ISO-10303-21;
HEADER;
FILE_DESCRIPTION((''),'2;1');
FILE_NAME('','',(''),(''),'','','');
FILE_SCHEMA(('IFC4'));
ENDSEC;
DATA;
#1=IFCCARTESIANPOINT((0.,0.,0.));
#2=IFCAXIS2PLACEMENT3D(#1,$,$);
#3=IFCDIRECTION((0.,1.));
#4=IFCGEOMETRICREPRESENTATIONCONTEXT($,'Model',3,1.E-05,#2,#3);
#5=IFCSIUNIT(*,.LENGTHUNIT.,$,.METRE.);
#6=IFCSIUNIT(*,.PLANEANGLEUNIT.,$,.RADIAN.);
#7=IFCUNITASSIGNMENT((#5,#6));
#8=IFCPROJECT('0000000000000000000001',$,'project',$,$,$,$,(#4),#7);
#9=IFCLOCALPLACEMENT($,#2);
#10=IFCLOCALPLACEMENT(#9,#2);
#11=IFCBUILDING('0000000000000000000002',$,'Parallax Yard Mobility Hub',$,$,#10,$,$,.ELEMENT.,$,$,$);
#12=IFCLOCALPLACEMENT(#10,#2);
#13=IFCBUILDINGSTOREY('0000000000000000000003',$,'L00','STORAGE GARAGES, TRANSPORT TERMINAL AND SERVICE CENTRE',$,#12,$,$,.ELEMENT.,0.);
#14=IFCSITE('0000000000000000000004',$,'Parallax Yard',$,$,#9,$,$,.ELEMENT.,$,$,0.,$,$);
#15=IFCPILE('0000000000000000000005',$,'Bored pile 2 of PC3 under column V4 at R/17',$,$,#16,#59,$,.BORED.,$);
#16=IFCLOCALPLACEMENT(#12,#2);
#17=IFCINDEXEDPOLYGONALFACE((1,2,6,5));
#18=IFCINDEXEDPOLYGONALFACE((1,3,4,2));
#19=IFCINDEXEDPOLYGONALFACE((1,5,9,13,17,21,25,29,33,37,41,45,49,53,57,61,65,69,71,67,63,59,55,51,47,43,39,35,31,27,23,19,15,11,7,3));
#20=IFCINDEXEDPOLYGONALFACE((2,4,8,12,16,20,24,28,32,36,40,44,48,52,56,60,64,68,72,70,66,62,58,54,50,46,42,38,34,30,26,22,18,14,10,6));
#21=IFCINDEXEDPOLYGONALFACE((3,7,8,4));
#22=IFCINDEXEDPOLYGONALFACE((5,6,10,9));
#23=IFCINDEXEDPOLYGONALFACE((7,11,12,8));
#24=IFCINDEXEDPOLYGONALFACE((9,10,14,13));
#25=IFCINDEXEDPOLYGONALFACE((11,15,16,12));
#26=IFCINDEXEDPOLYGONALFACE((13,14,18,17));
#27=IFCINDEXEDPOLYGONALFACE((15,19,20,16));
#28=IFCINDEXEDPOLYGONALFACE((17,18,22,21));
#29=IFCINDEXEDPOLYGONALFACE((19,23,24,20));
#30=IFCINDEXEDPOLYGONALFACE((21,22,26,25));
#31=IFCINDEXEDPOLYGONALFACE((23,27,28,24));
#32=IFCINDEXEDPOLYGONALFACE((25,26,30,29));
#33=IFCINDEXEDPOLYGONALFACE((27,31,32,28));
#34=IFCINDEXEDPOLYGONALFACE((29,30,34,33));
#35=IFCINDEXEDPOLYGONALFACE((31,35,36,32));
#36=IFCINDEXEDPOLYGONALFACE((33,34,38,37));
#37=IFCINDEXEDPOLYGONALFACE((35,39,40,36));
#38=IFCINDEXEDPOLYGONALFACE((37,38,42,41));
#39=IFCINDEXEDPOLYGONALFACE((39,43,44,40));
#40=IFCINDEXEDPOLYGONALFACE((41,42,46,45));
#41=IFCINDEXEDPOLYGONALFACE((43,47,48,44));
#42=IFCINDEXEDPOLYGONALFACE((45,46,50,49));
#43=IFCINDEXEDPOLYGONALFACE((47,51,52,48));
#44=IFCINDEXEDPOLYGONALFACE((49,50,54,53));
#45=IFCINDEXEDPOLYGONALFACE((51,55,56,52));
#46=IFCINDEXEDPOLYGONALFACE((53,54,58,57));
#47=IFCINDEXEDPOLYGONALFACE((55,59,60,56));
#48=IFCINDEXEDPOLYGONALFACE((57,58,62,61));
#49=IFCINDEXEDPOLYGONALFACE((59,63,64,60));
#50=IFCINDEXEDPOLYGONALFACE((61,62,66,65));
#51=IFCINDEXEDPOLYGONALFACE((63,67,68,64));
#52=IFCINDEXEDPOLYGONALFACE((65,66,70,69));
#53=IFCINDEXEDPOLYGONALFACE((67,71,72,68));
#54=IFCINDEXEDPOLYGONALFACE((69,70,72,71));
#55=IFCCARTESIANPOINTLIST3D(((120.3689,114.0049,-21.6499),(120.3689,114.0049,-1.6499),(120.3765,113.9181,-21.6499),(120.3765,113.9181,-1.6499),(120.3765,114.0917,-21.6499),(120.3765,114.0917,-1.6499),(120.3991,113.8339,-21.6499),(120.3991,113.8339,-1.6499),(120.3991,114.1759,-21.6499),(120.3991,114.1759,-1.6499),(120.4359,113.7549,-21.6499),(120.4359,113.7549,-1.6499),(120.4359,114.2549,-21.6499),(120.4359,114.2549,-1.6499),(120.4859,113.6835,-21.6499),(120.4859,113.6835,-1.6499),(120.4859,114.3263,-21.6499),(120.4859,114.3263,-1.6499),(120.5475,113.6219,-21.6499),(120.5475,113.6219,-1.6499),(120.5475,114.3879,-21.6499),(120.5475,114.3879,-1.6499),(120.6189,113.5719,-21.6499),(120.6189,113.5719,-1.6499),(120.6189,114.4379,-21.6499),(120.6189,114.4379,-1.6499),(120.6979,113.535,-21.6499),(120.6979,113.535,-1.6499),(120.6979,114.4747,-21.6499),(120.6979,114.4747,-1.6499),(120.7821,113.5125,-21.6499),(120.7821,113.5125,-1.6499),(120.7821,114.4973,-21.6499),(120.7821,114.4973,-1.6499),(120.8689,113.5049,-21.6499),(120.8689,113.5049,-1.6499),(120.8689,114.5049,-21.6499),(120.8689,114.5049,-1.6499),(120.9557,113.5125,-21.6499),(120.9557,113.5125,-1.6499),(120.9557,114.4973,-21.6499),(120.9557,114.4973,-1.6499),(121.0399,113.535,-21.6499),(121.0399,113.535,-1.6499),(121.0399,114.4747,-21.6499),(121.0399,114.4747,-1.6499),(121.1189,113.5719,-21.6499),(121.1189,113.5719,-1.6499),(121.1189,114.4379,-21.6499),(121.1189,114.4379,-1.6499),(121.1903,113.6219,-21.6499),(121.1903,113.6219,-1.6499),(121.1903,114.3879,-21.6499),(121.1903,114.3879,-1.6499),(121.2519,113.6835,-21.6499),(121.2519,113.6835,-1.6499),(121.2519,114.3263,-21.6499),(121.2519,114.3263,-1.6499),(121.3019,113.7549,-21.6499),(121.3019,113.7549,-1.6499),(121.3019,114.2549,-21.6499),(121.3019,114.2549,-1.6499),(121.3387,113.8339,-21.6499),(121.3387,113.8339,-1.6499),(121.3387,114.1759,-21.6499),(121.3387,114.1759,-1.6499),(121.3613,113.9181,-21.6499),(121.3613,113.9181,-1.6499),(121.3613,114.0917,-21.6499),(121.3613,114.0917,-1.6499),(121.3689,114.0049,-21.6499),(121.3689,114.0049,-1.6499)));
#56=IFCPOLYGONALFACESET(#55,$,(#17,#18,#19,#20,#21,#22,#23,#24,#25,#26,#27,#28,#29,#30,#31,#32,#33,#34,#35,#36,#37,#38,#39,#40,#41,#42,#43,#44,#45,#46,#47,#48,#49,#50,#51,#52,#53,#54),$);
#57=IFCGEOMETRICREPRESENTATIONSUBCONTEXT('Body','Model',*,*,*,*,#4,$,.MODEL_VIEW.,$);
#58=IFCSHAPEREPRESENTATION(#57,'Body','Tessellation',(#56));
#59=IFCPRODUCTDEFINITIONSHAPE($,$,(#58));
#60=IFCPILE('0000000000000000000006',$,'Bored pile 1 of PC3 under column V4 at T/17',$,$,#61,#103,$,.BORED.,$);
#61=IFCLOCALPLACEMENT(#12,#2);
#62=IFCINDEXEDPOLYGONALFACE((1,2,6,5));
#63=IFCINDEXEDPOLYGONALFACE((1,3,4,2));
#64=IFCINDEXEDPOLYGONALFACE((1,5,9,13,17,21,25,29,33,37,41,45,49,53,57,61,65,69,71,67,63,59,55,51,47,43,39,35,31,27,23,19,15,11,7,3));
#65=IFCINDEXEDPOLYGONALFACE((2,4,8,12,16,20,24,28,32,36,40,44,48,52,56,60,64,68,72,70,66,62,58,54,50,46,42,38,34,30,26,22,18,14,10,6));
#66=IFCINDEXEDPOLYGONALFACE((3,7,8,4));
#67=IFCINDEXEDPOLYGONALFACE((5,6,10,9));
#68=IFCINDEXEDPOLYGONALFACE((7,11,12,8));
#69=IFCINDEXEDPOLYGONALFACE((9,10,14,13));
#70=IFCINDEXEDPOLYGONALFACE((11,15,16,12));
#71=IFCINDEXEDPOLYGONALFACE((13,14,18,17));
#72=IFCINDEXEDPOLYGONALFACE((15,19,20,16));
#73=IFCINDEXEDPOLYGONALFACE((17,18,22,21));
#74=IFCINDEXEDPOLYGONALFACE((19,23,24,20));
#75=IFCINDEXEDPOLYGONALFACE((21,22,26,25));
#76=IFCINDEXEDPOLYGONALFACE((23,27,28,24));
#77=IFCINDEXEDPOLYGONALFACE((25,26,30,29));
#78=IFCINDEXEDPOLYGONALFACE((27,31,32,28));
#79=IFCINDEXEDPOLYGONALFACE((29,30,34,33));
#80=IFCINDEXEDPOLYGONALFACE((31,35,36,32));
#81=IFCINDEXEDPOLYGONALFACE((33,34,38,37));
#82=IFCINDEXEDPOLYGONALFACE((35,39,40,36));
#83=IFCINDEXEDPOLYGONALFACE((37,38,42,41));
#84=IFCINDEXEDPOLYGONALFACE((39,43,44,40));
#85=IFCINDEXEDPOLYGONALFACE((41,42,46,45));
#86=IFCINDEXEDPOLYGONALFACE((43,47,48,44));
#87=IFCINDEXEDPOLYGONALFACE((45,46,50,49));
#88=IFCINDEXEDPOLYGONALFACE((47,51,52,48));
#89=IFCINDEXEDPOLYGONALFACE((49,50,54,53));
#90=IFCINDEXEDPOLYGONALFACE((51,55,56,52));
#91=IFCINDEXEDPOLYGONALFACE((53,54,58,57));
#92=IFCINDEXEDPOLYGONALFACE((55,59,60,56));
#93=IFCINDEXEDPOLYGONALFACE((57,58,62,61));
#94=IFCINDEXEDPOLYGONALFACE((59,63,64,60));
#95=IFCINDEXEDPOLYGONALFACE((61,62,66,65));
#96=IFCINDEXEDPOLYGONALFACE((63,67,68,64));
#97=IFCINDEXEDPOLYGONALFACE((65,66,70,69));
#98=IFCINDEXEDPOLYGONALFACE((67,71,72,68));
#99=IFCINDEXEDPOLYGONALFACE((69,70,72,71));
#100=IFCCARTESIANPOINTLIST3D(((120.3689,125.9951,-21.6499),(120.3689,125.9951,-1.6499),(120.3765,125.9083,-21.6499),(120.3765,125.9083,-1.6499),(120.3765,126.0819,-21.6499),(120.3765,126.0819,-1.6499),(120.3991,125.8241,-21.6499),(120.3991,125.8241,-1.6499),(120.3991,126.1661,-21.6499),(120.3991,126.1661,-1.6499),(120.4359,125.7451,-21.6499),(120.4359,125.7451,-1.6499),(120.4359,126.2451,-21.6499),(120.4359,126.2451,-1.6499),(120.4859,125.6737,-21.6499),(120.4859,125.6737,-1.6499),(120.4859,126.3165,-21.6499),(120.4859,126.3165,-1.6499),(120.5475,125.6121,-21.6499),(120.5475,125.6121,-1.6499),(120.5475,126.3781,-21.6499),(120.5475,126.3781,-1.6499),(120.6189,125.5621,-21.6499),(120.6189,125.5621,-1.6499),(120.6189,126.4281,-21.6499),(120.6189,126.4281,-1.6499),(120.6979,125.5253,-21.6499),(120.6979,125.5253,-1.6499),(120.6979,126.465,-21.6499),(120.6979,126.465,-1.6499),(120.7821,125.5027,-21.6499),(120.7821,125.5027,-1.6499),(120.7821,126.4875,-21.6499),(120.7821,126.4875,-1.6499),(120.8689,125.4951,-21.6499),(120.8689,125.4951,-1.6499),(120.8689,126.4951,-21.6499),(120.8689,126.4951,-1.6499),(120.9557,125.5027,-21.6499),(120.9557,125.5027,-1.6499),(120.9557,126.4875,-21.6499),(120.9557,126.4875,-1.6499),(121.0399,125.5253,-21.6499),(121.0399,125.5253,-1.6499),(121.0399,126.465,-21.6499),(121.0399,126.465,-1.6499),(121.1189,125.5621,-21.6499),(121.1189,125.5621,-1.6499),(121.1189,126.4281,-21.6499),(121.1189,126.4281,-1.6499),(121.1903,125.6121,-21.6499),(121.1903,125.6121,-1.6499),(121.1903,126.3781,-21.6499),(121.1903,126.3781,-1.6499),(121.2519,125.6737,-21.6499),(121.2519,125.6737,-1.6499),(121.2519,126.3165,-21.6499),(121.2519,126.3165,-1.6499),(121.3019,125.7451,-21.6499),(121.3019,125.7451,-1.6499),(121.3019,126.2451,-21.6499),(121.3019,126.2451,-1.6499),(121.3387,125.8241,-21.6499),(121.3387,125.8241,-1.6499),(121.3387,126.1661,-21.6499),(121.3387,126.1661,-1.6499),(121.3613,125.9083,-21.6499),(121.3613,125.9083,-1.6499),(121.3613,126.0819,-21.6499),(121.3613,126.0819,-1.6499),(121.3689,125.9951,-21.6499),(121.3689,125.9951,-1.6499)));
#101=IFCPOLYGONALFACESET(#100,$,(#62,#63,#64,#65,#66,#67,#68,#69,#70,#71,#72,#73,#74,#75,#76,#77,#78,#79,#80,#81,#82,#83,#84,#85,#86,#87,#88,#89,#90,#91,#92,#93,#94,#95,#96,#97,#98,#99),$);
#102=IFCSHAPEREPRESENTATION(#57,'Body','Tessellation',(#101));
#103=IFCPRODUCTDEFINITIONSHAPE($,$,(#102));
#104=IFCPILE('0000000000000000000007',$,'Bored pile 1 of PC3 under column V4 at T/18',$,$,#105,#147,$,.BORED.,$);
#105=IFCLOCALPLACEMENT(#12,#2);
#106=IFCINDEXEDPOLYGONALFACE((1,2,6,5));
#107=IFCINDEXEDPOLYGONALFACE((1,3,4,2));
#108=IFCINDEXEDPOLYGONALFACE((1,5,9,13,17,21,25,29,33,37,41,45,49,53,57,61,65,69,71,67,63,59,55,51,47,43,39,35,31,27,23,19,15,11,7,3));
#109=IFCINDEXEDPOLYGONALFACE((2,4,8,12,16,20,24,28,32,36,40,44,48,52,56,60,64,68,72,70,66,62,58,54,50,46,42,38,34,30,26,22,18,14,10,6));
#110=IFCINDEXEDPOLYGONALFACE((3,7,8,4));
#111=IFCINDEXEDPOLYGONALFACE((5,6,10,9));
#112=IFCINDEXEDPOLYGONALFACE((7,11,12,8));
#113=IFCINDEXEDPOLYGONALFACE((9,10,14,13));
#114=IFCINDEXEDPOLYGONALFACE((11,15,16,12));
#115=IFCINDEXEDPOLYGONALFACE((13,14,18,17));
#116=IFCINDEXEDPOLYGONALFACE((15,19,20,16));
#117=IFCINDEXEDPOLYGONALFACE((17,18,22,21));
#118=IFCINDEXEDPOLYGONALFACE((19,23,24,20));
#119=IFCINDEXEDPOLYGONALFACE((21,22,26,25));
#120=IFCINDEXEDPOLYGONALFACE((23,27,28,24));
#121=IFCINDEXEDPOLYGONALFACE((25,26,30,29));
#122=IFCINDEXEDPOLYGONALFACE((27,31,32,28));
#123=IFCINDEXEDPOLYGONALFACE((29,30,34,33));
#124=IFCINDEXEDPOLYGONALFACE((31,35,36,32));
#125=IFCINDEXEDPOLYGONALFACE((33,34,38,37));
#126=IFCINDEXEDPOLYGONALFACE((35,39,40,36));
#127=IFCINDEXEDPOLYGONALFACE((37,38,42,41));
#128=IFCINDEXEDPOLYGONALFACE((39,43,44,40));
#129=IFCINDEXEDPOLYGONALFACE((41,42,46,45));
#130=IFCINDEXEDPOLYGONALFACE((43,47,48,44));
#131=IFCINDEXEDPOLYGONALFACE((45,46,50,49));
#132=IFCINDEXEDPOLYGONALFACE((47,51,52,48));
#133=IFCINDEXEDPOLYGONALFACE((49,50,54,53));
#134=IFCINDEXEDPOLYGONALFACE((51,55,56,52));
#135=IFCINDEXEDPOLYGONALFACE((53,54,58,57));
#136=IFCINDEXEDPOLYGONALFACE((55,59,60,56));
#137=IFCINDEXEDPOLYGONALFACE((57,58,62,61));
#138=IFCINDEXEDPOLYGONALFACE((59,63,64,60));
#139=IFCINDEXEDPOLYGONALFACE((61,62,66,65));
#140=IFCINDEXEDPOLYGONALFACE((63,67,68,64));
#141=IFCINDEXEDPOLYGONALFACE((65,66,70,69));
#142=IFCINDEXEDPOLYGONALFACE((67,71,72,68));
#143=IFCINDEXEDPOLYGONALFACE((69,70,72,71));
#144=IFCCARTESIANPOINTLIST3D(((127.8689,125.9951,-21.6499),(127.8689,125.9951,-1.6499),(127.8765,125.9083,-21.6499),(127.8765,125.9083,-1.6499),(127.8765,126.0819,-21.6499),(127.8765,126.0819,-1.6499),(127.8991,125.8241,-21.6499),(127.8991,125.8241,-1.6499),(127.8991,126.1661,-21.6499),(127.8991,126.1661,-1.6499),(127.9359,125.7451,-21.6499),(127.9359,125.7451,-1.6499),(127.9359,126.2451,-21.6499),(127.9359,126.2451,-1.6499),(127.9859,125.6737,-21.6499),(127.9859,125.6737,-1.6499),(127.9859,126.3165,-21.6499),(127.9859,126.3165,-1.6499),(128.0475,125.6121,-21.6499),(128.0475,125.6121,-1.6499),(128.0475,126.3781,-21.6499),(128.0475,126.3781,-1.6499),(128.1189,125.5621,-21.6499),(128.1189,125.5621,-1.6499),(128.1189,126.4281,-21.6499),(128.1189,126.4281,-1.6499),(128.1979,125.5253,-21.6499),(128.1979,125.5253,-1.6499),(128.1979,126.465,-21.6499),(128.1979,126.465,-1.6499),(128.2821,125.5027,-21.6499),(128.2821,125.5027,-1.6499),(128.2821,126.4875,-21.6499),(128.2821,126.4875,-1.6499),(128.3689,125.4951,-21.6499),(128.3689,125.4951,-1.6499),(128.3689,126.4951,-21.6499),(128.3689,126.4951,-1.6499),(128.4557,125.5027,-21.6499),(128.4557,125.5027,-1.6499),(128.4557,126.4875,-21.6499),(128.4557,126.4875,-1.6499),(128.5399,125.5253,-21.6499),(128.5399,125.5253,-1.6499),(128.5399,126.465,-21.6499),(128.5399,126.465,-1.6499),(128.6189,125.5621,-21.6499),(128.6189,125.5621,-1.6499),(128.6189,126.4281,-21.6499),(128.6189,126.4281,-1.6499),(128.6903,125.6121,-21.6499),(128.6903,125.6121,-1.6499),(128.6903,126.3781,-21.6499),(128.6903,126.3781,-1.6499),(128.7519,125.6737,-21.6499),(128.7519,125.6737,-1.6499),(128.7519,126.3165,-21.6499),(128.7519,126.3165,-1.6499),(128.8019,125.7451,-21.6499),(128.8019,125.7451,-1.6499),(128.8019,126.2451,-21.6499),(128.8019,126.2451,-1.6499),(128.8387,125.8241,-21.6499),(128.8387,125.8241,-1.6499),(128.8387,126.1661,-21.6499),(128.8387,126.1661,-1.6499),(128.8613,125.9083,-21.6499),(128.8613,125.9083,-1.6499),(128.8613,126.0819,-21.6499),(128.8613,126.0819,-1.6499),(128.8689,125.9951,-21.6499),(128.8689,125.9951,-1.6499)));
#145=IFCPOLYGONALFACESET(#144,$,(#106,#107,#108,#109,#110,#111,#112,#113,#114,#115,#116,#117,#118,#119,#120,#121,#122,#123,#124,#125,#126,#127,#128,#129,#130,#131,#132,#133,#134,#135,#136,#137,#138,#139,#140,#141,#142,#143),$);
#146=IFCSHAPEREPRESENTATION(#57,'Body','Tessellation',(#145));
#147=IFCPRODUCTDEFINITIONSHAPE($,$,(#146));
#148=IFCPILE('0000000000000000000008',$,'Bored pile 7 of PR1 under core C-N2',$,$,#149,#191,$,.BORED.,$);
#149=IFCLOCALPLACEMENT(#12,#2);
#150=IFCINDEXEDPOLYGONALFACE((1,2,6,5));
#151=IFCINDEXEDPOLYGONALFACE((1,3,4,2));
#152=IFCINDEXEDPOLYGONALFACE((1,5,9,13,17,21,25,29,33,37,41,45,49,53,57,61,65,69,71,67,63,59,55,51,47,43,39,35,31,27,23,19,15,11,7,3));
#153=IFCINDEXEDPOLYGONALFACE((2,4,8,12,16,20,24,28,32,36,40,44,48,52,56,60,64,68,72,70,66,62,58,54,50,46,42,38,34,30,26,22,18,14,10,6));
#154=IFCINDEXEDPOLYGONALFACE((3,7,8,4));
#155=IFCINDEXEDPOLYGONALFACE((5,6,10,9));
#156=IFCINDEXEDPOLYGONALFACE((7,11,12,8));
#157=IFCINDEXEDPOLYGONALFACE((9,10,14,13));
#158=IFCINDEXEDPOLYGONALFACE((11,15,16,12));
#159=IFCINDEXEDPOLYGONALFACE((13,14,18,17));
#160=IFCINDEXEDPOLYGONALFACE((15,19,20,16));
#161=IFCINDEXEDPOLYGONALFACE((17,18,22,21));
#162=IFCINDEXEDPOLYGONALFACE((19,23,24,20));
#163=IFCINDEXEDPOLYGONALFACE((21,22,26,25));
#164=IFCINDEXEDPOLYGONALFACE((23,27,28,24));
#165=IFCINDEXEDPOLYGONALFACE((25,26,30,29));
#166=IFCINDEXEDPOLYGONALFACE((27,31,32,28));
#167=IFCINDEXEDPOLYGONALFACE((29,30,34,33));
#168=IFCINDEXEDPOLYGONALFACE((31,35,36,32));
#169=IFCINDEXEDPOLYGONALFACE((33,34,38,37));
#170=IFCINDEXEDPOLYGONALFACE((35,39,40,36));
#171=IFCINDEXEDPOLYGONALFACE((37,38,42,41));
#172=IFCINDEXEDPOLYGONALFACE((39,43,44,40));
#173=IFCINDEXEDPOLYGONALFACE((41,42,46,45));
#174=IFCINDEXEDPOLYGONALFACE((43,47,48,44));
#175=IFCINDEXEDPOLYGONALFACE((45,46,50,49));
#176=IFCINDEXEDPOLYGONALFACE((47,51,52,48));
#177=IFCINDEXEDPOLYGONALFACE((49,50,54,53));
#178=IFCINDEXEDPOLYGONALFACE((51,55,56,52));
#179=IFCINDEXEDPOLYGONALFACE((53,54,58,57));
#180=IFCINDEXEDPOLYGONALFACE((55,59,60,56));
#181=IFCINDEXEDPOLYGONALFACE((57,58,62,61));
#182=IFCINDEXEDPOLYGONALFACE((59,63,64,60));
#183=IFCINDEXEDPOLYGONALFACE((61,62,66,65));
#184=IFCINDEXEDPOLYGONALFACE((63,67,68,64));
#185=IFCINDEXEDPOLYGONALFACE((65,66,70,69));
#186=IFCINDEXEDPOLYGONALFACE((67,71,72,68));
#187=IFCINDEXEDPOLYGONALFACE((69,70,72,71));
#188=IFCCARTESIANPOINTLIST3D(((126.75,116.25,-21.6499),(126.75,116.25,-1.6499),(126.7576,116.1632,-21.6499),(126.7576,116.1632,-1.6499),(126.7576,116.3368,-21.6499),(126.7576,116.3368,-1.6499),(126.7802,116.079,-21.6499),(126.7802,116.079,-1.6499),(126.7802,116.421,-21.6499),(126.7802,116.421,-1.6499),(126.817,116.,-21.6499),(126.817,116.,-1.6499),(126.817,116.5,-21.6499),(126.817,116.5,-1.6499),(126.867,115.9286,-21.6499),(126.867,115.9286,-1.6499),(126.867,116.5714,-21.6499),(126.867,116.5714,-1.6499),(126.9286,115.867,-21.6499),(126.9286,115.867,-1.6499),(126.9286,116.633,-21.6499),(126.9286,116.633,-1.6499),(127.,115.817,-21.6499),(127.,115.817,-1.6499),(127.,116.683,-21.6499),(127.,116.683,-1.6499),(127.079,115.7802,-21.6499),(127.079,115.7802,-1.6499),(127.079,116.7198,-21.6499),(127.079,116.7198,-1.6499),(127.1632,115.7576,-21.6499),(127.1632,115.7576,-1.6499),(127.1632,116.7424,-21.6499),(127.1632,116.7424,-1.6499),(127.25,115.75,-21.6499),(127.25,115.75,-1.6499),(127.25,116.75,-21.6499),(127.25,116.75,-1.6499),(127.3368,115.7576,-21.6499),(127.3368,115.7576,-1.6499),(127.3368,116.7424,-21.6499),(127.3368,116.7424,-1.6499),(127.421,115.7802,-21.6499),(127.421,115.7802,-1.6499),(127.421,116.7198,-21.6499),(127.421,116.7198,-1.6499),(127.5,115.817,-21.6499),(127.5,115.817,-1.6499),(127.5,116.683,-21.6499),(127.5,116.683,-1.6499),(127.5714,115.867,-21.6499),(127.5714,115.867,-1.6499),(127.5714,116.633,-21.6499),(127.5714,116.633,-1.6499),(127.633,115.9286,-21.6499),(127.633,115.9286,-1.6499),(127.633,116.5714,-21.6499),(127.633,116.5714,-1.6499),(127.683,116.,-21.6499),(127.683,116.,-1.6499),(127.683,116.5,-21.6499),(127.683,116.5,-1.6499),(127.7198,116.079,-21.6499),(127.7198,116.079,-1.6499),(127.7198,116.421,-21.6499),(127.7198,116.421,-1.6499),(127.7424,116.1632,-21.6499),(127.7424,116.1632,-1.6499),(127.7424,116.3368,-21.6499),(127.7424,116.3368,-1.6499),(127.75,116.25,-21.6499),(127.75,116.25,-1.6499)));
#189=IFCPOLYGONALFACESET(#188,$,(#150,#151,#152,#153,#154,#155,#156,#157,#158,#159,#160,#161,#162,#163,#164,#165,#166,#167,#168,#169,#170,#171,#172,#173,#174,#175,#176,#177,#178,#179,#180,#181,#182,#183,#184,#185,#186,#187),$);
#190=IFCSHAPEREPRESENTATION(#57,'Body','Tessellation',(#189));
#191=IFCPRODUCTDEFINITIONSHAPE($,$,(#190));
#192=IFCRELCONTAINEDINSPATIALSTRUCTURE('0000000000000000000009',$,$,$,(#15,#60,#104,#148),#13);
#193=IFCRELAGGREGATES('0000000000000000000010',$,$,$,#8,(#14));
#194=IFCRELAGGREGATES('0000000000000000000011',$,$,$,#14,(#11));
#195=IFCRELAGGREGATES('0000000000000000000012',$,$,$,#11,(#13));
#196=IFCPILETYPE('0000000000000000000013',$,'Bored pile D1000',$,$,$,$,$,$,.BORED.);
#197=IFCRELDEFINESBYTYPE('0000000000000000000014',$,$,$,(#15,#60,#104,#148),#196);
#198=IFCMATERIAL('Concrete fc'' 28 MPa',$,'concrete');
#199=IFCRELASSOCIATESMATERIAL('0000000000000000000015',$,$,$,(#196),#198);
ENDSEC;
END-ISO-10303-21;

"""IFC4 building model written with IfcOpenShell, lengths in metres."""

from ifc_helpers import new_model, si_unit, direction, frame, origin, origin_2d, place, context, subcontext, project, spatial, circle, extrude, material, material_profile, profile_set, type_object, element, save


model = new_model("IFC4")

# Units and contexts
model_context = context("Model", 3, precision=1e-05, world=origin(), true_north=direction((0.0, 1.0)))
body_context = subcontext(model_context, "Body", "Model", "MODEL_VIEW")
ifc_project = project(units=[si_unit("LENGTHUNIT", "METRE"), si_unit("PLANEANGLEUNIT", "RADIAN")], contexts=[model_context])

# Site, building, storey
site_placement = place(None, origin())
site = spatial("IfcSite", under=ifc_project, at=site_placement, Name="Parallax Yard", CompositionType="ELEMENT", RefElevation=0.0)
building_placement = place(site_placement, origin())
building = spatial("IfcBuilding", under=site, at=building_placement, Name="Parallax Yard Mobility Hub", CompositionType="ELEMENT")
storey_placement = place(building_placement, origin())
storey = spatial("IfcBuildingStorey", under=building, at=storey_placement, Name="L00", Description="STORAGE GARAGES, TRANSPORT TERMINAL AND SERVICE CENTRE", CompositionType="ELEMENT", Elevation=0.0)

# Piles
ifc_material_1 = material(Name="Concrete fc' 28 MPa", Category="concrete")
ifc_material_profile_1 = material_profile(ifc_material_1, circle(Radius=0.5, at=origin_2d()), Name="Bored pile D1000")
ifc_profile_set_1 = profile_set([ifc_material_profile_1], Name="Concrete fc' 28 MPa")
pile_type = type_object("IfcPileType", Name="Bored pile D1000", PredefinedType="BORED", material=ifc_profile_set_1)
for number, where, z_axis, x_axis, name in (
    (1, (120.8689, 114.0049, -1.6499), (0.0, 0.0, -1.0), (1.0, 0.0, 0.0), "Bored pile 2 of PC3 under column V4 at R/17"),
    (2, (120.8689, 125.9951, -1.6499), (0.0, 0.0, -1.0), (1.0, 0.0, 0.0), "Bored pile 1 of PC3 under column V4 at T/17"),
    (3, (128.3689, 125.9951, -1.6499), (0.0, 0.0, -1.0), (1.0, 0.0, 0.0), "Bored pile 1 of PC3 under column V4 at T/18"),
    (4, (127.25, 116.25, -1.6499), (0.0, 0.0, -1.0), (1.0, 0.0, 0.0), "Bored pile 7 of PR1 under core C-N2"),
):
    element("IfcPile", number, at=place(storey_placement, frame(where, z_axis=z_axis, x_axis=x_axis)), inside=storey, type_object=pile_type, Name=name, PredefinedType="BORED", context=body_context, shape_type="SweptSolid", body=[
        extrude(circle(Radius=0.5, at=origin_2d()), origin(), (0.0, 0.0, 1.0), 20.0),
    ])

save(model, "model.ifc")
